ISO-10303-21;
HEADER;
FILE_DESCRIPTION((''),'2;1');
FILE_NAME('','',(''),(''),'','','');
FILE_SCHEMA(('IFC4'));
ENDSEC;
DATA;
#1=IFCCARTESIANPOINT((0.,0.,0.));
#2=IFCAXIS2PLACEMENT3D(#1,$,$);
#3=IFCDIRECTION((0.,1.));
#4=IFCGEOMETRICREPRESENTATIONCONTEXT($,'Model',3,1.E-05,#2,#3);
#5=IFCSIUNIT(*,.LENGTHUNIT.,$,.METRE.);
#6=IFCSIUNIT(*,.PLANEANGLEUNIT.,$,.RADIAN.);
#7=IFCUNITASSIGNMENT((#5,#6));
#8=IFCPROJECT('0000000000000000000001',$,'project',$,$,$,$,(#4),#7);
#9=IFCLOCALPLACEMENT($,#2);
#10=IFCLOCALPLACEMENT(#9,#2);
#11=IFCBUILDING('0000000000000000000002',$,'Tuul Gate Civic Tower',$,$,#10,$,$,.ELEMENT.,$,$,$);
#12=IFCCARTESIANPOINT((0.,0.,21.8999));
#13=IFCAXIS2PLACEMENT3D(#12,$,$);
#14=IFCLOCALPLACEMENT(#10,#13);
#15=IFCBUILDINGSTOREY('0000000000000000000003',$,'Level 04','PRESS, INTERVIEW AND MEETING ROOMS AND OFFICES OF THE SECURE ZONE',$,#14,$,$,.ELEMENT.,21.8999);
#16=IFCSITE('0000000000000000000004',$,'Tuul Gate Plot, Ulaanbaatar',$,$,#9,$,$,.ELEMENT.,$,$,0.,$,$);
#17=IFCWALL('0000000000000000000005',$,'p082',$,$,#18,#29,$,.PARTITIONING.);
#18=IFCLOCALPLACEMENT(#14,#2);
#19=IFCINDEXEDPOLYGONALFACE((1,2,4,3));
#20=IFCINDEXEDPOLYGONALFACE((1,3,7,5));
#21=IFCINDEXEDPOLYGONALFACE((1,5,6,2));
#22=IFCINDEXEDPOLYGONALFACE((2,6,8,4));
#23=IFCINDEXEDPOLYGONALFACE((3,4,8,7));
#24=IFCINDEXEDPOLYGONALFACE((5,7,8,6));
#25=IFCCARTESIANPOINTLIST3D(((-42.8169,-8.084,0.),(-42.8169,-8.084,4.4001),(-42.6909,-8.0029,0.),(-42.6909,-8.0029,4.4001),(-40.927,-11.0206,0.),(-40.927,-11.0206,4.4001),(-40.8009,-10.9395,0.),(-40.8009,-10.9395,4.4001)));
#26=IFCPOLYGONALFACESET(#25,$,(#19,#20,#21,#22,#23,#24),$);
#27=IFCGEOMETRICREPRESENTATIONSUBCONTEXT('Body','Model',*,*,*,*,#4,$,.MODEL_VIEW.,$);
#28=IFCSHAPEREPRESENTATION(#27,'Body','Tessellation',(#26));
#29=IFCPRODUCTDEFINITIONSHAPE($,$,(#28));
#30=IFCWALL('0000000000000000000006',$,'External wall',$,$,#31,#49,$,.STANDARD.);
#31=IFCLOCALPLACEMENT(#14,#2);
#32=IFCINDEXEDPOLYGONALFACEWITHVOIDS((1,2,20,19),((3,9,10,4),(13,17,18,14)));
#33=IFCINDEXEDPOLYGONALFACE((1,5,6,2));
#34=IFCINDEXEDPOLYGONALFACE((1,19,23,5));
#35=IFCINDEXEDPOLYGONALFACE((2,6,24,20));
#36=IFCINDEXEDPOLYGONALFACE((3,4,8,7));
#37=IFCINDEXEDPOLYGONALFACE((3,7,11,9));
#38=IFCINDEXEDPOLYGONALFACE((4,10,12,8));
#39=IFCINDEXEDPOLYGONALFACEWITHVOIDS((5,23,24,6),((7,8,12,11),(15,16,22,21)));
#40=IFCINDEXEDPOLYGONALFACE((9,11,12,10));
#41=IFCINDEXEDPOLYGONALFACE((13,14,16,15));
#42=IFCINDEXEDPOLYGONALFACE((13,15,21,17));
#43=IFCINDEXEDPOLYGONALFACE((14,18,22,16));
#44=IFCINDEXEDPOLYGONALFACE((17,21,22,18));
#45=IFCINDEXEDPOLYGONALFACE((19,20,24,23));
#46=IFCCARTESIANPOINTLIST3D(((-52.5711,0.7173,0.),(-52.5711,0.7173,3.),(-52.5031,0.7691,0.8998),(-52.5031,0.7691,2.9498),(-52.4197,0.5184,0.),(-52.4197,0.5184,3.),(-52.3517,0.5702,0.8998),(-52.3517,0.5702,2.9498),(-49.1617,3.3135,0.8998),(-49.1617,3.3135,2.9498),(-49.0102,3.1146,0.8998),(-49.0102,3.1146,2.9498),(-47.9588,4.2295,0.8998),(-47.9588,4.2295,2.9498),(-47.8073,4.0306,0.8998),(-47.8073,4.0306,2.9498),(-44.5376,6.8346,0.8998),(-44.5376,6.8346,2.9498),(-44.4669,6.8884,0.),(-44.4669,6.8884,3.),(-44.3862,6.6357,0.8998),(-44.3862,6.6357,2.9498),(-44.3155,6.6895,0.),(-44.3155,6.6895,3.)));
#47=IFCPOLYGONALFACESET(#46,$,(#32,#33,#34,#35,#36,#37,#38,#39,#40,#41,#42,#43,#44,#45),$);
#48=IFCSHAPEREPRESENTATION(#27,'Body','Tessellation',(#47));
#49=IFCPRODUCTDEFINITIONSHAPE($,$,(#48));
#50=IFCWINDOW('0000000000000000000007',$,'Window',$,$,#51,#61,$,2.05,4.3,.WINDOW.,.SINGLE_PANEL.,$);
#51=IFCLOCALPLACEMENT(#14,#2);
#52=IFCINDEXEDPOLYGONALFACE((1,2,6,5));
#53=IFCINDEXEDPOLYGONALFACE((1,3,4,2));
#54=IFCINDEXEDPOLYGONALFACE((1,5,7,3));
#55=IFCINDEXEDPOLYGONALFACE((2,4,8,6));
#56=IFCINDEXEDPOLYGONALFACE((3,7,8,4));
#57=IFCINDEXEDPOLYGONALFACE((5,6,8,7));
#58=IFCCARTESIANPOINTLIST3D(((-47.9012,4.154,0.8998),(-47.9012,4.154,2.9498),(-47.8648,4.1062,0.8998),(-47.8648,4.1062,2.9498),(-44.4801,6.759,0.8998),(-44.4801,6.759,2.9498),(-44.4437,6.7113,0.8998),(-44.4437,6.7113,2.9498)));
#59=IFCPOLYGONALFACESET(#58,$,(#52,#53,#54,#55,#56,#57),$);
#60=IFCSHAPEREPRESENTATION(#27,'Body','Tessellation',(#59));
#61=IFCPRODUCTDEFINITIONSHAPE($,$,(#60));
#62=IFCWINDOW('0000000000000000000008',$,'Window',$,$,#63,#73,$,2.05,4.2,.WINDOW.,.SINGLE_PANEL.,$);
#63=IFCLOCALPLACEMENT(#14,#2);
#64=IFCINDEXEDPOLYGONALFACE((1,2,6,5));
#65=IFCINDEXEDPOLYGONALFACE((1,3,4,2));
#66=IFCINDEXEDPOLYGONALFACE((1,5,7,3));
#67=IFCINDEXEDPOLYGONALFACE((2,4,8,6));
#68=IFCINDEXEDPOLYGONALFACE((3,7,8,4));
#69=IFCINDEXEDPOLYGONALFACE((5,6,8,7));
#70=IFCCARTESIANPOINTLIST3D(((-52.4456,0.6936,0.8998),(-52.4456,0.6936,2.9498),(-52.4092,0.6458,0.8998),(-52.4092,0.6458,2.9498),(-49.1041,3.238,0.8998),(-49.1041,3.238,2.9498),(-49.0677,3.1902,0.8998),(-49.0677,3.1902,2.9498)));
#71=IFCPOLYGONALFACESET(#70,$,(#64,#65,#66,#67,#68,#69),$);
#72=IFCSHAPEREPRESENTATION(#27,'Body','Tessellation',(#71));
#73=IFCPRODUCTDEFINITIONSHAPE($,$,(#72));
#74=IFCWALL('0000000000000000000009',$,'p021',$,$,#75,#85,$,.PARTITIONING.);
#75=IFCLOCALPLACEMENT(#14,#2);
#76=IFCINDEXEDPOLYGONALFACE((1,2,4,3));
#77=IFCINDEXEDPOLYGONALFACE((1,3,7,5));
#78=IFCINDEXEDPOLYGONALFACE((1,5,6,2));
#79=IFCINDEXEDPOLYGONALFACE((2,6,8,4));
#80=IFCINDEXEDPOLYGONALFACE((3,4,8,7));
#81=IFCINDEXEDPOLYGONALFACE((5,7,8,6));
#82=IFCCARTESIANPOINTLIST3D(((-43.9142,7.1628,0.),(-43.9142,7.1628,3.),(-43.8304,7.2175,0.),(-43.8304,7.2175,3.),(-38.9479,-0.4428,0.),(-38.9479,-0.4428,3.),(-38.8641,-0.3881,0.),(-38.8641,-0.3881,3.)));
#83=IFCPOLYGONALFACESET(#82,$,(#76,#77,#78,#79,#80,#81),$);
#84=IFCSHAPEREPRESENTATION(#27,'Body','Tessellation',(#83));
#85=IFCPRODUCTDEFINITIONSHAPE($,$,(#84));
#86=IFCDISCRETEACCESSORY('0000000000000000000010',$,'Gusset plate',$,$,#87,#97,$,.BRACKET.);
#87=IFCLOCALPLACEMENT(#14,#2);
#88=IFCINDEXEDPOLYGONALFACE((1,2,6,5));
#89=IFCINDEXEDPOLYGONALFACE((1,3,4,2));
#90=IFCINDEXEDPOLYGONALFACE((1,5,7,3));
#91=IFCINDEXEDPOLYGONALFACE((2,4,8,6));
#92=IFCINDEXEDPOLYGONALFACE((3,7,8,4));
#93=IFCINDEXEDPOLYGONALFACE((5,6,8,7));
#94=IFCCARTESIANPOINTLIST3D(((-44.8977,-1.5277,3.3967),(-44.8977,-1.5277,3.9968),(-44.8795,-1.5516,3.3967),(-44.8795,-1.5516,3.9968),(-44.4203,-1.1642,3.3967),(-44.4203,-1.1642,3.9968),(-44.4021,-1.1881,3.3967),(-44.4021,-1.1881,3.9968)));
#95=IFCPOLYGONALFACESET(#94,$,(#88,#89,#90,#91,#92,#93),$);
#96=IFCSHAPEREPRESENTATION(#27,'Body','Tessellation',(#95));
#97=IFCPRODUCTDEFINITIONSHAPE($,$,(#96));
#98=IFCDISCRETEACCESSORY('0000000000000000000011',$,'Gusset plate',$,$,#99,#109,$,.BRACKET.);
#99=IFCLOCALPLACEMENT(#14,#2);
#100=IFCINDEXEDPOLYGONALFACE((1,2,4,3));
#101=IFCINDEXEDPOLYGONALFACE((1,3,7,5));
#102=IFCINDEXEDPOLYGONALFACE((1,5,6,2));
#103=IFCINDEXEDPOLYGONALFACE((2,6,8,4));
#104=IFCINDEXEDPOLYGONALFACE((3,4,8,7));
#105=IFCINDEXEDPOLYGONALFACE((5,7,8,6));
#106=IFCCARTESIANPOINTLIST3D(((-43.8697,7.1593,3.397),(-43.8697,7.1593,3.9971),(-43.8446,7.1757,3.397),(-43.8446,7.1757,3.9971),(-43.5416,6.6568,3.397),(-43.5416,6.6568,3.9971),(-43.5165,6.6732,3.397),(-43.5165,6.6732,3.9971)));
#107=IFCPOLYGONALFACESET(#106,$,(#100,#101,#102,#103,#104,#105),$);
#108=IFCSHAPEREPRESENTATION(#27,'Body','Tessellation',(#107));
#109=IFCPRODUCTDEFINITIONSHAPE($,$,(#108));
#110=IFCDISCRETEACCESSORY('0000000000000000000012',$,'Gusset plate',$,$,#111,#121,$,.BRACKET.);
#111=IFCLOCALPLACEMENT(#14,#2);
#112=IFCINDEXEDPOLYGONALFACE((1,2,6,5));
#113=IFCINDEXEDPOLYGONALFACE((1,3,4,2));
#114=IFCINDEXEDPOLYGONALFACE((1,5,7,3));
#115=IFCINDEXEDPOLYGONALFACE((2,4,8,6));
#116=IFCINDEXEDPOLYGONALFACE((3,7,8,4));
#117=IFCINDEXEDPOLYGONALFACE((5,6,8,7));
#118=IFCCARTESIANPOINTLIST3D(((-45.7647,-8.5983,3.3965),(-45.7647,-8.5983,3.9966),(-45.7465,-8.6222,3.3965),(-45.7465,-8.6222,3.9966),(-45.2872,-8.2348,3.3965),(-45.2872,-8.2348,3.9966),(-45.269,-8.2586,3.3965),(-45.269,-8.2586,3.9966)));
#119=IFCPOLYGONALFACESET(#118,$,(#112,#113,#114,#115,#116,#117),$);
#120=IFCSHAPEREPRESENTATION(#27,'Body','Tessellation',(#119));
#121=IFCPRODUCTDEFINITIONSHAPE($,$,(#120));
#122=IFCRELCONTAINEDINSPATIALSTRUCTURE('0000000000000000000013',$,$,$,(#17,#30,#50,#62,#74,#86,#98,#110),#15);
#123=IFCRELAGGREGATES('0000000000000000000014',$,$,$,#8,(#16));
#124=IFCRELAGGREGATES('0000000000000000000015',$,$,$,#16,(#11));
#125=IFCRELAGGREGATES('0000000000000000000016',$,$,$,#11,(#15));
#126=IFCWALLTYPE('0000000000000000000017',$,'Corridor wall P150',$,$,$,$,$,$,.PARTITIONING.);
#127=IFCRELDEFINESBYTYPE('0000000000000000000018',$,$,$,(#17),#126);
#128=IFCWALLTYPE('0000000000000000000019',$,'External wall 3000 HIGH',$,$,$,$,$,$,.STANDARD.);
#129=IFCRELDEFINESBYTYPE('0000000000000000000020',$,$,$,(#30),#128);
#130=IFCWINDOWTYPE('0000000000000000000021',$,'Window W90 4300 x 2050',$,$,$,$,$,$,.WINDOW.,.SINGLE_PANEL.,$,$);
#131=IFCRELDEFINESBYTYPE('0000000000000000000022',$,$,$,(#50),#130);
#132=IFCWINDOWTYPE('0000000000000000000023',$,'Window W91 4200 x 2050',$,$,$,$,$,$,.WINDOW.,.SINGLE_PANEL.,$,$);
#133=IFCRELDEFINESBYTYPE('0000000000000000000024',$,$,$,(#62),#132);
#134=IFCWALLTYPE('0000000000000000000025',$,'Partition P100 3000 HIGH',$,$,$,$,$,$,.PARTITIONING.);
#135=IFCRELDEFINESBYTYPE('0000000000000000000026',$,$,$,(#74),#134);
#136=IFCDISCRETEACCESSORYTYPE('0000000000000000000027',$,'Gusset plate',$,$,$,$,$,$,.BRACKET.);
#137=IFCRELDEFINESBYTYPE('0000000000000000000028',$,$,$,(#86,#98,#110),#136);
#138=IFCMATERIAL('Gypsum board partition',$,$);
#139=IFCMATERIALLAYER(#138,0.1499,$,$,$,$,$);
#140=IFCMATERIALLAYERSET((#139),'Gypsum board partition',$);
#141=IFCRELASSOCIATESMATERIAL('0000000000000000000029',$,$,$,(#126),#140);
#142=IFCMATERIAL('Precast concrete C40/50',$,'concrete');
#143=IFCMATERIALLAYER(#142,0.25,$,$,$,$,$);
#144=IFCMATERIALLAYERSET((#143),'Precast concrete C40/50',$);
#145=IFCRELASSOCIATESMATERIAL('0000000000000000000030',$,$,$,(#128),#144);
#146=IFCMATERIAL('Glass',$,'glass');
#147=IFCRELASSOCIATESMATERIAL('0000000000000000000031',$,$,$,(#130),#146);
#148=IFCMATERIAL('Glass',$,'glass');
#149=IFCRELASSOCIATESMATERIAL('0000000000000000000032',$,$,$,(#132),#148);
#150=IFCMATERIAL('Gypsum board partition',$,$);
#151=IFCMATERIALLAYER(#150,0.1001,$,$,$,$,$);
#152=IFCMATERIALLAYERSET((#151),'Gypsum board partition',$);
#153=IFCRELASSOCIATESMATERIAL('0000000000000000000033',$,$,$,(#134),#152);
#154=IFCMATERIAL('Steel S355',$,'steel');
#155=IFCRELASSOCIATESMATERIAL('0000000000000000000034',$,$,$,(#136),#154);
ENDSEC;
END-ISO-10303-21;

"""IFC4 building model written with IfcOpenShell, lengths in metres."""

from ifc_helpers import new_model, si_unit, direction, frame, frame_2d, origin, origin_2d, place, context, subcontext, project, spatial, rectangle, extrude, material, layer, layer_set, type_object, element, fill, save


model = new_model("IFC4")

# Units and contexts
model_context = context("Model", 3, precision=1e-05, world=origin(), true_north=direction((0.0, 1.0)))
body_context = subcontext(model_context, "Body", "Model", "MODEL_VIEW")
ifc_project = project(units=[si_unit("LENGTHUNIT", "METRE"), si_unit("PLANEANGLEUNIT", "RADIAN")], contexts=[model_context])

# Site, building, storey
site_placement = place(None, origin())
site = spatial("IfcSite", under=ifc_project, at=site_placement, Name="Tuul Gate Plot, Ulaanbaatar", CompositionType="ELEMENT", RefElevation=0.0)
building_placement = place(site_placement, origin())
building = spatial("IfcBuilding", under=site, at=building_placement, Name="Tuul Gate Civic Tower", CompositionType="ELEMENT")
storey_placement = place(building_placement, frame((0.0, 0.0, 21.8999)))
storey = spatial("IfcBuildingStorey", under=building, at=storey_placement, Name="Level 04", Description="PRESS, INTERVIEW AND MEETING ROOMS AND OFFICES OF THE SECURE ZONE", CompositionType="ELEMENT", Elevation=21.8999)

# Shared definitions
ifc_material_1 = material(Name="Gypsum board partition")
ifc_layer_1 = layer(ifc_material_1, 0.1499)
ifc_layer_set_1 = layer_set([ifc_layer_1], Name="Gypsum board partition")
wall_type_1 = type_object("IfcWallType", Name="Corridor wall P150", PredefinedType="PARTITIONING", material=ifc_layer_set_1)

# Wall
wall_1_placement = place(storey_placement, frame((-42.7539, -8.0435, 0.0), z_axis=(0.0, 0.0, 1.0), x_axis=(0.541189, -0.840901, 0.0)))
element("IfcWall", 1, at=wall_1_placement, inside=storey, type_object=wall_type_1, Name="p082", PredefinedType="PARTITIONING", context=body_context, shape_type="SweptSolid", body=[
    extrude(rectangle(XDim=3.4922, YDim=0.1499, at=frame_2d((1.7461, 0.0))), origin(), (0.0, 0.0, 1.0), 4.4001),
])

# Wall, openings, windows
ifc_material_2 = material(Name="Precast concrete C40/50", Category="concrete")
ifc_layer_2 = layer(ifc_material_2, 0.25)
ifc_layer_set_2 = layer_set([ifc_layer_2], Name="Precast concrete C40/50")
wall_type_2 = type_object("IfcWallType", Name="External wall 3000 HIGH", PredefinedType="STANDARD", material=ifc_layer_set_2)
wall_2_placement = place(storey_placement, frame((-44.3911, 6.7891, 0.0), z_axis=(0.0, 0.0, 1.0), x_axis=(-0.795598, -0.605824, 0.0)))
wall_2 = element("IfcWall", 2, at=wall_2_placement, inside=storey, type_object=wall_type_2, Name="External wall", PredefinedType="STANDARD", context=body_context, shape_type="SweptSolid", body=[
    extrude(rectangle(XDim=10.1863, YDim=0.25, at=frame_2d((5.0933, 0.0))), origin(), (0.0, 0.0, 1.0), 3.0),
])
opening_1_placement = place(wall_2_placement, frame((0.0891, 0.0, 0.8999)))
opening_1 = element("IfcOpeningElement", 3, at=opening_1_placement, cuts=wall_2, PredefinedType="OPENING", context=body_context, shape_type="SweptSolid", body=[
    extrude(rectangle(XDim=4.3, YDim=2.05, at=frame_2d((2.1499, 1.0249))), frame((0.0, 0.135, 0.0), z_axis=(0.0, -1.0, 0.0), x_axis=(1.0, 0.0, 0.0)), (0.0, 0.0, 1.0), 0.27),
])
opening_2_placement = place(wall_2_placement, frame((5.9009, 0.0, 0.8999)))
opening_2 = element("IfcOpeningElement", 4, at=opening_2_placement, cuts=wall_2, PredefinedType="OPENING", context=body_context, shape_type="SweptSolid", body=[
    extrude(rectangle(XDim=4.2, YDim=2.05, at=frame_2d((2.1001, 1.0249))), frame((0.0, 0.135, 0.0), z_axis=(0.0, -1.0, 0.0), x_axis=(1.0, 0.0, 0.0)), (0.0, 0.0, 1.0), 0.27),
])
ifc_material_3 = material(Name="Glass", Category="glass")
window_type_1 = type_object("IfcWindowType", Name="Window W90 4300 x 2050", PartitioningType="SINGLE_PANEL", PredefinedType="WINDOW", material=ifc_material_3)
window_1_placement = place(opening_1_placement, origin())
window_1 = element("IfcWindow", 5, at=window_1_placement, inside=storey, type_object=window_type_1, Name="Window", OverallHeight=2.05, OverallWidth=4.3, PartitioningType="SINGLE_PANEL", PredefinedType="WINDOW", context=body_context, shape_type="SweptSolid", body=[
    extrude(rectangle(XDim=4.3, YDim=2.05, at=frame_2d((2.1499, 1.0249))), frame((0.0, 0.03, 0.0), z_axis=(0.0, -1.0, 0.0), x_axis=(1.0, 0.0, 0.0)), (0.0, 0.0, 1.0), 0.0601),
])
fill(opening_1, window_1)
ifc_material_4 = material(Name="Glass", Category="glass")
window_type_2 = type_object("IfcWindowType", Name="Window W91 4200 x 2050", PartitioningType="SINGLE_PANEL", PredefinedType="WINDOW", material=ifc_material_4)
window_2_placement = place(opening_2_placement, origin())
window_2 = element("IfcWindow", 6, at=window_2_placement, inside=storey, type_object=window_type_2, Name="Window", OverallHeight=2.05, OverallWidth=4.2, PartitioningType="SINGLE_PANEL", PredefinedType="WINDOW", context=body_context, shape_type="SweptSolid", body=[
    extrude(rectangle(XDim=4.2, YDim=2.05, at=frame_2d((2.1001, 1.0249))), frame((0.0, 0.03, 0.0), z_axis=(0.0, -1.0, 0.0), x_axis=(1.0, 0.0, 0.0)), (0.0, 0.0, 1.0), 0.0601),
])
fill(opening_2, window_2)

# Wall
ifc_material_5 = material(Name="Gypsum board partition")
ifc_layer_3 = layer(ifc_material_5, 0.1001)
ifc_layer_set_3 = layer_set([ifc_layer_3], Name="Gypsum board partition")
wall_type_3 = type_object("IfcWallType", Name="Partition P100 3000 HIGH", PredefinedType="PARTITIONING", material=ifc_layer_set_3)
wall_3_placement = place(storey_placement, frame((-43.8723, 7.1902, 0.0), z_axis=(0.0, 0.0, 1.0), x_axis=(0.546736, -0.837305, 0.0)))
element("IfcWall", 7, at=wall_3_placement, inside=storey, type_object=wall_type_3, Name="p021", PredefinedType="PARTITIONING", context=body_context, shape_type="SweptSolid", body=[
    extrude(rectangle(XDim=9.0835, YDim=0.1001, at=frame_2d((4.5417, 0.0))), origin(), (0.0, 0.0, 1.0), 3.0),
])

# Discrete accessories
ifc_material_6 = material(Name="Steel S355", Category="steel")
discrete_accessory_type = type_object("IfcDiscreteAccessoryType", Name="Gusset plate", PredefinedType="BRACKET", material=ifc_material_6)
for number, where, z_axis, x_axis, name in (
    (8, (-44.6499, -1.3579, 3.3967), (0.0, 0.0, 1.0), (0.795664, 0.605738, 0.0), "Gusset plate"),
    (9, (-43.6931, 6.9163, 3.397), (0.0, 0.0, 1.0), (0.546705, -0.837325, 0.0), "Gusset plate"),
    (10, (-45.5168, -8.4285, 3.3965), (0.0, 0.0, 1.0), (0.795624, 0.605791, 0.0), "Gusset plate"),
):
    element("IfcDiscreteAccessory", number, at=place(storey_placement, frame(where, z_axis=z_axis, x_axis=x_axis)), inside=storey, type_object=discrete_accessory_type, Name=name, PredefinedType="BRACKET", context=body_context, shape_type="SweptSolid", body=[
        extrude(rectangle(XDim=0.6001, YDim=0.03, at=origin_2d()), origin(), (0.0, 0.0, 1.0), 0.6001),
    ])

save(model, "model.ifc")
